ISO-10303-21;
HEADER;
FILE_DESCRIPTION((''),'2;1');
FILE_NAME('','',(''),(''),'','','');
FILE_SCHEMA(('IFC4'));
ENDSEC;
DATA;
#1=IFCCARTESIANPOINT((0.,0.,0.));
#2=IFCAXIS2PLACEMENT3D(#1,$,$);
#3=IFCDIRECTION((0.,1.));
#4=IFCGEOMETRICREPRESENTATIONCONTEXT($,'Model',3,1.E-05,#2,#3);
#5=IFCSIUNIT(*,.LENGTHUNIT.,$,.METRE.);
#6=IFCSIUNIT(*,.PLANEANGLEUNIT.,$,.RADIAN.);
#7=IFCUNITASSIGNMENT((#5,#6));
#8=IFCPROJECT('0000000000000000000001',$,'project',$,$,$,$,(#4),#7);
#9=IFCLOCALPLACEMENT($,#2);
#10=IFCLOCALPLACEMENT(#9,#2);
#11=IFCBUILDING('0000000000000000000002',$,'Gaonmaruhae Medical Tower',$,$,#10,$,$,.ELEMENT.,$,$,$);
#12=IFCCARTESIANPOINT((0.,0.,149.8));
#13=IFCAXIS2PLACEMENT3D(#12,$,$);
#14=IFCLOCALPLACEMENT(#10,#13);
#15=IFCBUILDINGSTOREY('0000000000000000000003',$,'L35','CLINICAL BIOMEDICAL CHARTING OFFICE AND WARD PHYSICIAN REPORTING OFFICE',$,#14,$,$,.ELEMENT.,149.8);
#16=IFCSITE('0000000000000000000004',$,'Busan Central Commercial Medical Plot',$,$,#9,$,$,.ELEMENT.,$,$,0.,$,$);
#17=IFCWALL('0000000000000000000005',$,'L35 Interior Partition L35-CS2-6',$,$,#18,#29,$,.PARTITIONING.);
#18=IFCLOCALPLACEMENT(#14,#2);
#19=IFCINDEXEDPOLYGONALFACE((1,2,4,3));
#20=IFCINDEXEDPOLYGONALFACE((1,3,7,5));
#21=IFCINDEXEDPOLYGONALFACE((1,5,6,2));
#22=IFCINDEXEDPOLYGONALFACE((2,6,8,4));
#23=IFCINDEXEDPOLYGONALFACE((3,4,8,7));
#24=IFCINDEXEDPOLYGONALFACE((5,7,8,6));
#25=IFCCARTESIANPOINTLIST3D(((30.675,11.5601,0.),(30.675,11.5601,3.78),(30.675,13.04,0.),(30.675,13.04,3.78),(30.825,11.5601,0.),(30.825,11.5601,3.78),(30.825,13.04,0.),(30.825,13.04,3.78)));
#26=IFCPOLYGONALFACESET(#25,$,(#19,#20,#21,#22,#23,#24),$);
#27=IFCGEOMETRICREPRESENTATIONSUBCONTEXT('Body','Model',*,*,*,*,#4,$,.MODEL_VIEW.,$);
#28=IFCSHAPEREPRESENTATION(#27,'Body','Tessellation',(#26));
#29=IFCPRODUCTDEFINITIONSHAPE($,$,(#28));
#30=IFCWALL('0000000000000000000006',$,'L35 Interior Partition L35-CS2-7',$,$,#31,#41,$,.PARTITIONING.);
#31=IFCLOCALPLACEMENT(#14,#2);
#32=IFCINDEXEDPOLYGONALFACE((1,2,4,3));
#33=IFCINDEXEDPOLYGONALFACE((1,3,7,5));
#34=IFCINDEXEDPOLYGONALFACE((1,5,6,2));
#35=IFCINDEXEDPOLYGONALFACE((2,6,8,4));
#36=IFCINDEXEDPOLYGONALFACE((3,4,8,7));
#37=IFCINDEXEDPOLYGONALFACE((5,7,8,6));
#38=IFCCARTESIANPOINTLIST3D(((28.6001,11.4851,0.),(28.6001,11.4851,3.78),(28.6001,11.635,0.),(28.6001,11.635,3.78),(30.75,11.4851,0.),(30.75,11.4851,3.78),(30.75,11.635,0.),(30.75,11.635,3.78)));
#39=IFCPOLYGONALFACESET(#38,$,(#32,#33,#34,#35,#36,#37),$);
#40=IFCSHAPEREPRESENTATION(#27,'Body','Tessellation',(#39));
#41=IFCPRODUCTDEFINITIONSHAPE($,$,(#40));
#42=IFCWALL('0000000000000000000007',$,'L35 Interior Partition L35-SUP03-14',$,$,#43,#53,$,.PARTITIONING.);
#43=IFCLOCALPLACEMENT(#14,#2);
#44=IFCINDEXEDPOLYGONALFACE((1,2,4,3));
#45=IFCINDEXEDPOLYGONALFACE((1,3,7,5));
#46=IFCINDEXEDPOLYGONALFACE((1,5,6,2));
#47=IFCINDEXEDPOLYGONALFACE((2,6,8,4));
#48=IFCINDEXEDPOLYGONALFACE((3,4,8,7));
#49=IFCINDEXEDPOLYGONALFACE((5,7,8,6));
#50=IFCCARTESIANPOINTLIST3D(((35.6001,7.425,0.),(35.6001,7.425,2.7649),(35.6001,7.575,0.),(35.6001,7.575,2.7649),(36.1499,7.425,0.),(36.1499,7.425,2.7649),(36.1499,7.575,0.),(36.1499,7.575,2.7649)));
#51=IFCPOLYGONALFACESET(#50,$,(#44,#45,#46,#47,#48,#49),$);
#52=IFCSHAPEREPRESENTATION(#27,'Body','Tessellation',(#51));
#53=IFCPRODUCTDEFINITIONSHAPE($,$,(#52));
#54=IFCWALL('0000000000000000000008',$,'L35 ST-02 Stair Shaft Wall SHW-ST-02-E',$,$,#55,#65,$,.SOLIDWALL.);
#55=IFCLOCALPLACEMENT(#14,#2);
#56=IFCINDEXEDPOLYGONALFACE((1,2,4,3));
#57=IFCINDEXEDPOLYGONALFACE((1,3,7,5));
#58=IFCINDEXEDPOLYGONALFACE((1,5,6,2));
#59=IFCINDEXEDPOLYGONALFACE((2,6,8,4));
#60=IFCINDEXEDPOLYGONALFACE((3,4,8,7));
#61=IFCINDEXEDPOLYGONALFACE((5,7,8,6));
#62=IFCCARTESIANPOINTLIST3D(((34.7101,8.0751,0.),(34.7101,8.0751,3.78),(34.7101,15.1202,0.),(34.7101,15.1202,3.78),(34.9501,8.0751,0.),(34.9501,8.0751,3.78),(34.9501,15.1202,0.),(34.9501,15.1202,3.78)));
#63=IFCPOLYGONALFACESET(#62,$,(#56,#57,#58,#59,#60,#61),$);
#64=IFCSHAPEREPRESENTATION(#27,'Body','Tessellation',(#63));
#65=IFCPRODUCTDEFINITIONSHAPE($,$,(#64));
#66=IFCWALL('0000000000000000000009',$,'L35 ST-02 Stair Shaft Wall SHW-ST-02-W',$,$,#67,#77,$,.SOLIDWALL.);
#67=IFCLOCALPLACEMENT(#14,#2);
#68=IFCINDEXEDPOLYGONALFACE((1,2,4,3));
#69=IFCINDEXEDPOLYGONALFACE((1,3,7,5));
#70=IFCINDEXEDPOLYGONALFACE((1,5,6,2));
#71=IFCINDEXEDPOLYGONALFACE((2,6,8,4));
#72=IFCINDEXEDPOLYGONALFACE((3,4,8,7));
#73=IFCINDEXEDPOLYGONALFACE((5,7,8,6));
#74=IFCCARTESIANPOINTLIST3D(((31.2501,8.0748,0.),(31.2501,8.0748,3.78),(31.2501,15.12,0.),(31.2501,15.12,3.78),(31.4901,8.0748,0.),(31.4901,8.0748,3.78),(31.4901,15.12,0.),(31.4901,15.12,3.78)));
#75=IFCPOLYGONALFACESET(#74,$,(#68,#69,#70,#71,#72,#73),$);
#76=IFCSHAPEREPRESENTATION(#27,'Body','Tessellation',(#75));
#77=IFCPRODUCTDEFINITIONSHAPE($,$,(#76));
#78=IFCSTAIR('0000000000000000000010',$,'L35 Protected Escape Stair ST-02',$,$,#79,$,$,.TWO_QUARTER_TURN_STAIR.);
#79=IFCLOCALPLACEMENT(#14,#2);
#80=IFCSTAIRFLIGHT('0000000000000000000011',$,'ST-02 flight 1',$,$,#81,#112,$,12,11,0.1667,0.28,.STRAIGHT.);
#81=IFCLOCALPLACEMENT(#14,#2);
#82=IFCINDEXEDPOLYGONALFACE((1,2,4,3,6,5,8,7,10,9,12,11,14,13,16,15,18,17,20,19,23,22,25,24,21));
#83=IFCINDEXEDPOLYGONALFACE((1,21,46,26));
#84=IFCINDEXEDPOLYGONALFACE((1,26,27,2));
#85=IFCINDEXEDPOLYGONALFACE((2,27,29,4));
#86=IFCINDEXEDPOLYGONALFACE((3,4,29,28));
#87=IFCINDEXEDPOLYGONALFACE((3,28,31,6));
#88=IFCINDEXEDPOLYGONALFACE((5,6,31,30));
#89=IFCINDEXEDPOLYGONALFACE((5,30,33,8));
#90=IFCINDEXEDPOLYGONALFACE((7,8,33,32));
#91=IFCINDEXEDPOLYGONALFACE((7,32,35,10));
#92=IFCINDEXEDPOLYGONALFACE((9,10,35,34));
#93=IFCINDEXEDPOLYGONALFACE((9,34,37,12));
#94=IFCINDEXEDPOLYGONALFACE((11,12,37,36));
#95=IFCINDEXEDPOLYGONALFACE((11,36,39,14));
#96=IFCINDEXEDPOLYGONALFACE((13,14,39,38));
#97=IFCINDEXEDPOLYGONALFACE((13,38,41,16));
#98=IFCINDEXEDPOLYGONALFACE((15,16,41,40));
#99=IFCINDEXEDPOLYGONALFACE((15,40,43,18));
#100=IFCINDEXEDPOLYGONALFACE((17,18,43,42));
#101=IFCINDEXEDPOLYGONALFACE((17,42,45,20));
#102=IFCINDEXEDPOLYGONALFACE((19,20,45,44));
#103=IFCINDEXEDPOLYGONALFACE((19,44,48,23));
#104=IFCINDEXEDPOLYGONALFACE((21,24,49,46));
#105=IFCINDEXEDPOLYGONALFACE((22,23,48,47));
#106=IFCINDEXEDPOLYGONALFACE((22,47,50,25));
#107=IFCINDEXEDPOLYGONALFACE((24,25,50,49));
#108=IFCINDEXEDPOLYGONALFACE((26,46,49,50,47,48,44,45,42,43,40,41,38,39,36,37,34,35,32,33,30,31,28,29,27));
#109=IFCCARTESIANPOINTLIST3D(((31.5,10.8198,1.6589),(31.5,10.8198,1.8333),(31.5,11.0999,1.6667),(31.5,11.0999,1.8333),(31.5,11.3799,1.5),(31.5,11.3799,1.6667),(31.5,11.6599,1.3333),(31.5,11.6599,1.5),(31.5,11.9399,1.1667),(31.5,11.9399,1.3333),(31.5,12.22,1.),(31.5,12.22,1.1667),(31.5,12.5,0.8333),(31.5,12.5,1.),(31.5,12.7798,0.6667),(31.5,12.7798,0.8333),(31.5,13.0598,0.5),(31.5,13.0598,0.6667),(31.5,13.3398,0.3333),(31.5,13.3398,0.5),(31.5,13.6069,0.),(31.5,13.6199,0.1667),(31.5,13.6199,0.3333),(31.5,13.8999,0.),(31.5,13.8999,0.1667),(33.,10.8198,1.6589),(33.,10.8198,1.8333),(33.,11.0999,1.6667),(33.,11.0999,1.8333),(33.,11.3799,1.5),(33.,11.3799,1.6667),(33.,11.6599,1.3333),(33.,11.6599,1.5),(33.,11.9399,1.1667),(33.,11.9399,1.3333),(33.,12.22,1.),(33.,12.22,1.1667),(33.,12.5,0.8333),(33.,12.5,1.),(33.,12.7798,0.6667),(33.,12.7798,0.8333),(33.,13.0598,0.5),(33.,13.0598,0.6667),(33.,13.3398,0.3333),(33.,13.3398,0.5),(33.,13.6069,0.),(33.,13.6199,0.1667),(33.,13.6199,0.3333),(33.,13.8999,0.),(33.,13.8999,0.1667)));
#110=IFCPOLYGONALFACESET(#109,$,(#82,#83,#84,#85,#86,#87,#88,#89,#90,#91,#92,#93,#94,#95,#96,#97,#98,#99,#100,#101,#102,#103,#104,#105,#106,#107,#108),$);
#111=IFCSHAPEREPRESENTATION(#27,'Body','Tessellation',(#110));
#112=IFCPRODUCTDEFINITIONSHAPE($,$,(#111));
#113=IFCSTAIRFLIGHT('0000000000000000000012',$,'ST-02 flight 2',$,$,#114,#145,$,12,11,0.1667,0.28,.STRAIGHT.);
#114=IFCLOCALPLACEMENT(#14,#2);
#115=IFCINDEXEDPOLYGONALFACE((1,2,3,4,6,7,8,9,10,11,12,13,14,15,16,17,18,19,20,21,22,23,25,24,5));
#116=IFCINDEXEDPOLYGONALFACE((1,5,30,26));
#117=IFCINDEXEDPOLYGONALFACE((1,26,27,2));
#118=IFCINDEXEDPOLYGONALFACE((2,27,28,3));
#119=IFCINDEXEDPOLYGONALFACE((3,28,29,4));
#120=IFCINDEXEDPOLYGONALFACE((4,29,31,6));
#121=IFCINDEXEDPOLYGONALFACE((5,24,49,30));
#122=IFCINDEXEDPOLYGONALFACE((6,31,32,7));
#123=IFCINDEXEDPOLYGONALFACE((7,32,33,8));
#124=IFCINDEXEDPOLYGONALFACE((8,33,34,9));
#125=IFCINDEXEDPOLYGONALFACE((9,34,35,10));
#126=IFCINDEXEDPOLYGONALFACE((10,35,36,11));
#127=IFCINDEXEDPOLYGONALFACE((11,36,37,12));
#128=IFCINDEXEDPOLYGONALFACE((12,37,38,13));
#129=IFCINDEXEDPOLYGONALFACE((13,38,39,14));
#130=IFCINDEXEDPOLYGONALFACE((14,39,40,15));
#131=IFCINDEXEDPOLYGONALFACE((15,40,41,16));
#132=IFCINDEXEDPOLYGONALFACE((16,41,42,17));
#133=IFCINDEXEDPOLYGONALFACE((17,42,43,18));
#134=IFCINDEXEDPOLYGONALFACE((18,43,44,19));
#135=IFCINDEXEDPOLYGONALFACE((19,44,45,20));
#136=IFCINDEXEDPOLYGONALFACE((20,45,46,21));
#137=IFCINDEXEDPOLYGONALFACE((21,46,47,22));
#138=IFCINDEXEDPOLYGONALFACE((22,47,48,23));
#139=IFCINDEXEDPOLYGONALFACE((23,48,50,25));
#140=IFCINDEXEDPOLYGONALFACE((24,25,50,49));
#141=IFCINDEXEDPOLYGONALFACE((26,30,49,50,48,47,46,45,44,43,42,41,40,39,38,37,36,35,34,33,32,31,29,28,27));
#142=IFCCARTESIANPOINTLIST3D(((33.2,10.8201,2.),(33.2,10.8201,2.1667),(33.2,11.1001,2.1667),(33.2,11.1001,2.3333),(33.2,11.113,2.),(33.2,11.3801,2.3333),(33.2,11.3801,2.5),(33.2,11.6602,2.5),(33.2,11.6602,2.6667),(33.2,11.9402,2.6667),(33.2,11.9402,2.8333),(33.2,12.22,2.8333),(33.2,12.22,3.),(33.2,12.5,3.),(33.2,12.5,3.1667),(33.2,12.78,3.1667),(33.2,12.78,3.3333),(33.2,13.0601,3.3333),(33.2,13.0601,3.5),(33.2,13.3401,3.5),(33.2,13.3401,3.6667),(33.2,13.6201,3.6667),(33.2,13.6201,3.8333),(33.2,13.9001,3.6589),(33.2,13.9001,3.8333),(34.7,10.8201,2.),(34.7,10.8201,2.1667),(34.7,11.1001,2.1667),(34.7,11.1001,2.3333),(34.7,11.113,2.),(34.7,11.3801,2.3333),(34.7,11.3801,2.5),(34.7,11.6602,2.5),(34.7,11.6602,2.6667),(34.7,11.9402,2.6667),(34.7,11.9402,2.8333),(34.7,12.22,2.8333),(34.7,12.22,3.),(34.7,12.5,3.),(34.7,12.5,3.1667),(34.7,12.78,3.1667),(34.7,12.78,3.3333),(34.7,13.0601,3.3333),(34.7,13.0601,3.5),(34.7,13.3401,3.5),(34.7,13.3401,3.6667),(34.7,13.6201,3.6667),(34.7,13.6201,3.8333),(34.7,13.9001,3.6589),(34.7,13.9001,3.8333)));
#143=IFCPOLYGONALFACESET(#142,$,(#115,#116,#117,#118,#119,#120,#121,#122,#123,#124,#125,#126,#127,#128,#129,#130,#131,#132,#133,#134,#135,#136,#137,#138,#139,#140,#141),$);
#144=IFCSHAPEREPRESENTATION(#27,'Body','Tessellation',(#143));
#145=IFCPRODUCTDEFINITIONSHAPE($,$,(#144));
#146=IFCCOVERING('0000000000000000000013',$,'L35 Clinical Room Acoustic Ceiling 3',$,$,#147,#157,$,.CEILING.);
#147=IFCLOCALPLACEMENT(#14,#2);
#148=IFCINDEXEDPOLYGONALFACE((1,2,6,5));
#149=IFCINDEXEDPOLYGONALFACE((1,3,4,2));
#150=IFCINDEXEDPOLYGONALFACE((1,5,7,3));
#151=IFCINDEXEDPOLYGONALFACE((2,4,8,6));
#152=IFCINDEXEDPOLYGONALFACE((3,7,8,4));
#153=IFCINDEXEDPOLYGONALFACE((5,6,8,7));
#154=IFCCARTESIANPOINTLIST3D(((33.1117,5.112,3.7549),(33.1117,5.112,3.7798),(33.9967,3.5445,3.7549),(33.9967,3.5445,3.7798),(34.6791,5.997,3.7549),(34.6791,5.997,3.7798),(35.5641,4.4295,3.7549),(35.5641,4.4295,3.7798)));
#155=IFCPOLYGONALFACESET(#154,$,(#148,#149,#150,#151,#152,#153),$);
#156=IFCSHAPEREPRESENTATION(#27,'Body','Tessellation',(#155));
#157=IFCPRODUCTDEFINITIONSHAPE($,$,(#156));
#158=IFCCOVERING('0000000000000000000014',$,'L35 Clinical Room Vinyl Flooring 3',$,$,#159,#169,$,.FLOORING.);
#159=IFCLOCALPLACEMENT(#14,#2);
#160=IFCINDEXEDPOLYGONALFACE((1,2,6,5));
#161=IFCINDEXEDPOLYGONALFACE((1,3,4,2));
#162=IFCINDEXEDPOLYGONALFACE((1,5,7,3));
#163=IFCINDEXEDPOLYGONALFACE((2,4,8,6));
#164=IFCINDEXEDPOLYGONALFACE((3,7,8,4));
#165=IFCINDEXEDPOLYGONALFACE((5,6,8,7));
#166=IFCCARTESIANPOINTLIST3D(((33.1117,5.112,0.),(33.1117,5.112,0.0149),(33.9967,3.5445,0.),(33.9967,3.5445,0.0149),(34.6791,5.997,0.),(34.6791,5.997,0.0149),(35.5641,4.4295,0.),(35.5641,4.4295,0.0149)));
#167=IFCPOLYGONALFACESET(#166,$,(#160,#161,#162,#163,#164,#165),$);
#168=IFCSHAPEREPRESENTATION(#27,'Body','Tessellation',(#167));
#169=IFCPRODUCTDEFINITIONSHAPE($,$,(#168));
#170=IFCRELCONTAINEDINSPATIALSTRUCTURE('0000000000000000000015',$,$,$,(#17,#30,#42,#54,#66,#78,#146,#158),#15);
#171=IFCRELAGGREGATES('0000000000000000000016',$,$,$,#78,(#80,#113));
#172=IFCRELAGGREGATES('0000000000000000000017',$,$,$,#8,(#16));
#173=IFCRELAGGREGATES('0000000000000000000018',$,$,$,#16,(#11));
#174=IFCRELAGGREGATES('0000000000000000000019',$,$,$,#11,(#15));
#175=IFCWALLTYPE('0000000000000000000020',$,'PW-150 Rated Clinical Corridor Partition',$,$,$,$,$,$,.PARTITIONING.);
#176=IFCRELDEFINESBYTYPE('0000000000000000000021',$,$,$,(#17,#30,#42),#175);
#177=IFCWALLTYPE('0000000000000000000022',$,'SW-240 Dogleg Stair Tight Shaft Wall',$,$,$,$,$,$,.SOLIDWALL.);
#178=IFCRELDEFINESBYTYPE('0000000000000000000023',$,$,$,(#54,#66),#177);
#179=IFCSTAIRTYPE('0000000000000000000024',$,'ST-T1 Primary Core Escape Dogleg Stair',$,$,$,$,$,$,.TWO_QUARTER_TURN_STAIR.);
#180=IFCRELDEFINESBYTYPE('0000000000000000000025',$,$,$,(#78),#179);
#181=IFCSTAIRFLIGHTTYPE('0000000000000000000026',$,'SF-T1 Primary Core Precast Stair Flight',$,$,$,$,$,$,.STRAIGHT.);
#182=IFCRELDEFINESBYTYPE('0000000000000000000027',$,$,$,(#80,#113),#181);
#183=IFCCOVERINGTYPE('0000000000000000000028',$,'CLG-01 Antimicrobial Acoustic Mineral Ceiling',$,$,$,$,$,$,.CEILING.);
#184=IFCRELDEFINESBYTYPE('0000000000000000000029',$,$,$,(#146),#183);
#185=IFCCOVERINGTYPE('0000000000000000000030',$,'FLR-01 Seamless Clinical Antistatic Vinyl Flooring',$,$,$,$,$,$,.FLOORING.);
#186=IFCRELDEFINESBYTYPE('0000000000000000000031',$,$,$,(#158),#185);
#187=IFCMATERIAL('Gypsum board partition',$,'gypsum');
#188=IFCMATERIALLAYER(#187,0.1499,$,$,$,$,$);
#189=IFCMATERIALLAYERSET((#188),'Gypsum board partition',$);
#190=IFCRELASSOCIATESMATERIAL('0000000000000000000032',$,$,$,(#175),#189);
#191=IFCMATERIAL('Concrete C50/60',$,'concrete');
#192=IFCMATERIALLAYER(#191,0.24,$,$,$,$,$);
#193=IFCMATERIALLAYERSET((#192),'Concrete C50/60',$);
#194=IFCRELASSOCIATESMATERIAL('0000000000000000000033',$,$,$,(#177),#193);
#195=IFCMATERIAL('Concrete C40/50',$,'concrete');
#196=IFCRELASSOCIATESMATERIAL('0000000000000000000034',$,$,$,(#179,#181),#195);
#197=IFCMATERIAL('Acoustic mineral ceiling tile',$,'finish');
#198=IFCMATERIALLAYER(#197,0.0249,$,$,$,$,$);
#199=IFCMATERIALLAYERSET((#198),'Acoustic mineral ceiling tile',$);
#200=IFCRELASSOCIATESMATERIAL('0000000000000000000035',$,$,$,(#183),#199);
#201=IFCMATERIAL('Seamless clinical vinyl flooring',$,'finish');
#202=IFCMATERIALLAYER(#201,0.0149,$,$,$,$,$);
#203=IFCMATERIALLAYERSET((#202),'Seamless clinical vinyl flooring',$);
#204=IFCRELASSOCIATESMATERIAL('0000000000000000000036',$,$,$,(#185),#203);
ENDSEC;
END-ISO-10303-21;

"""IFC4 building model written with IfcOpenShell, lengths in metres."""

from ifc_helpers import new_model, si_unit, direction, frame, frame_2d, origin, origin_2d, place, context, subcontext, project, spatial, polyline, rectangle, outline, extrude, material, layer, layer_set, type_object, element, aggregate, save


model = new_model("IFC4")

# Units and contexts
model_context = context("Model", 3, precision=1e-05, world=origin(), true_north=direction((0.0, 1.0)))
body_context = subcontext(model_context, "Body", "Model", "MODEL_VIEW")
ifc_project = project(units=[si_unit("LENGTHUNIT", "METRE"), si_unit("PLANEANGLEUNIT", "RADIAN")], contexts=[model_context])

# Site, building, storey
site_placement = place(None, origin())
site = spatial("IfcSite", under=ifc_project, at=site_placement, Name="Busan Central Commercial Medical Plot", CompositionType="ELEMENT", RefElevation=0.0)
building_placement = place(site_placement, origin())
building = spatial("IfcBuilding", under=site, at=building_placement, Name="Gaonmaruhae Medical Tower", CompositionType="ELEMENT")
storey_placement = place(building_placement, frame((0.0, 0.0, 149.8)))
storey = spatial("IfcBuildingStorey", under=building, at=storey_placement, Name="L35", Description="CLINICAL BIOMEDICAL CHARTING OFFICE AND WARD PHYSICIAN REPORTING OFFICE", CompositionType="ELEMENT", Elevation=149.8)

# Shared definitions
ifc_material_1 = material(Name="Concrete C50/60", Category="concrete")

# Shared definitions
ifc_material_2 = material(Name="Gypsum board partition", Category="gypsum")
ifc_layer_1 = layer(ifc_material_2, 0.1499)
ifc_layer_set_1 = layer_set([ifc_layer_1], Name="Gypsum board partition")
wall_type_1 = type_object("IfcWallType", Name="PW-150 Rated Clinical Corridor Partition", PredefinedType="PARTITIONING", material=ifc_layer_set_1)

# Walls
wall_1_placement = place(storey_placement, frame((30.75, 13.04, 0.0), z_axis=(0.0, 0.0, 1.0), x_axis=(0.0, -1.0, 0.0)))
element("IfcWall", 1, at=wall_1_placement, inside=storey, type_object=wall_type_1, Name="L35 Interior Partition L35-CS2-6", PredefinedType="PARTITIONING", context=body_context, shape_type="SweptSolid", body=[
    extrude(rectangle(XDim=1.48, YDim=0.1499, at=frame_2d((0.74, 0.0))), origin(), (0.0, 0.0, 1.0), 3.78),
])
wall_2_placement = place(storey_placement, frame((30.75, 11.5601, 0.0), z_axis=(0.0, 0.0, 1.0), x_axis=(-1.0, 0.0, 0.0)))
element("IfcWall", 2, at=wall_2_placement, inside=storey, type_object=wall_type_1, Name="L35 Interior Partition L35-CS2-7", PredefinedType="PARTITIONING", context=body_context, shape_type="SweptSolid", body=[
    extrude(rectangle(XDim=2.1499, YDim=0.1499, at=frame_2d((1.075, 0.0))), origin(), (0.0, 0.0, 1.0), 3.78),
])
wall_3_placement = place(storey_placement, frame((35.6001, 7.5, 0.0), z_axis=(0.0, 0.0, 1.0), x_axis=(1.0, 0.0, 0.0)))
element("IfcWall", 3, at=wall_3_placement, inside=storey, type_object=wall_type_1, Name="L35 Interior Partition L35-SUP03-14", PredefinedType="PARTITIONING", context=body_context, shape_type="SweptSolid", body=[
    extrude(rectangle(XDim=0.5498, YDim=0.1499, at=frame_2d((0.2749, 0.0))), origin(), (0.0, 0.0, 1.0), 2.7649),
])

# Shared definitions
ifc_layer_2 = layer(ifc_material_1, 0.24)
ifc_layer_set_2 = layer_set([ifc_layer_2], Name="Concrete C50/60")
wall_type_2 = type_object("IfcWallType", Name="SW-240 Dogleg Stair Tight Shaft Wall", PredefinedType="SOLIDWALL", material=ifc_layer_set_2)

# Walls
for number, where, z_axis, x_axis, name in (
    (4, (34.8301, 15.1201, 0.0), (0.0, 0.0, 1.0), (0.0, -1.0, 0.0), "L35 ST-02 Stair Shaft Wall SHW-ST-02-E"),
    (5, (31.3701, 8.075, 0.0), (0.0, 0.0, 1.0), (0.0, 1.0, 0.0), "L35 ST-02 Stair Shaft Wall SHW-ST-02-W"),
):
    element("IfcWall", number, at=place(storey_placement, frame(where, z_axis=z_axis, x_axis=x_axis)), inside=storey, type_object=wall_type_2, Name=name, PredefinedType="SOLIDWALL", context=body_context, shape_type="SweptSolid", body=[
        extrude(rectangle(XDim=7.0452, YDim=0.24, at=frame_2d((3.5225, 0.0))), origin(), (0.0, 0.0, 1.0), 3.78),
    ])

# Stair, stair flights
ifc_material_3 = material(Name="Concrete C40/50", Category="concrete")
stair_type = type_object("IfcStairType", Name="ST-T1 Primary Core Escape Dogleg Stair", PredefinedType="TWO_QUARTER_TURN_STAIR", material=ifc_material_3)
stair_placement = place(storey_placement, origin())
stair = element("IfcStair", 6, at=stair_placement, inside=storey, type_object=stair_type, Name="L35 Protected Escape Stair ST-02", PredefinedType="TWO_QUARTER_TURN_STAIR")
stair_flight_type = type_object("IfcStairFlightType", Name="SF-T1 Primary Core Precast Stair Flight", PredefinedType="STRAIGHT", material=ifc_material_3)
stair_flight_1_placement = place(storey_placement, frame((32.25, 13.8999, 0.0), z_axis=(0.0, 0.0, 1.0), x_axis=(0.0, -1.0, 0.0)))
stair_flight_1 = element("IfcStairFlight", 7, at=stair_flight_1_placement, type_object=stair_flight_type, Name="ST-02 flight 1", NumberOfRisers=12, NumberOfTreads=11, PredefinedType="STRAIGHT", RiserHeight=0.1667, TreadLength=0.28, context=body_context, shape_type="SweptSolid", body=[
    extrude(outline(polyline([(0.0, 0.0), (0.0, 0.1667), (0.28, 0.1667), (0.28, 0.3333), (0.5601, 0.3333), (0.5601, 0.5), (0.8401, 0.5), (0.8401, 0.6667), (1.1201, 0.6667), (1.1201, 0.8333), (1.3999, 0.8333), (1.3999, 1.0), (1.6799, 1.0), (1.6799, 1.1667), (1.96, 1.1667), (1.96, 1.3333), (2.24, 1.3333), (2.24, 1.5), (2.52, 1.5), (2.52, 1.6667), (2.8, 1.6667), (2.8, 1.8333), (3.0801, 1.8333), (3.0801, 2.0), (3.0801, 1.6589), (0.293, 0.0), (0.0, 0.0)])), frame((0.0, 0.75, 0.0), z_axis=(0.0, -1.0, 0.0), x_axis=(1.0, 0.0, 0.0)), (0.0, 0.0, 1.0), 1.5),
])
stair_flight_2_placement = place(storey_placement, frame((33.95, 10.8201, 2.0), z_axis=(0.0, 0.0, 1.0), x_axis=(0.0, 1.0, 0.0)))
stair_flight_2 = element("IfcStairFlight", 8, at=stair_flight_2_placement, type_object=stair_flight_type, Name="ST-02 flight 2", NumberOfRisers=12, NumberOfTreads=11, PredefinedType="STRAIGHT", RiserHeight=0.1667, TreadLength=0.28, context=body_context, shape_type="SweptSolid", body=[
    extrude(outline(polyline([(0.0, 0.0), (0.0, 0.1667), (0.28, 0.1667), (0.28, 0.3333), (0.5601, 0.3333), (0.5601, 0.5), (0.8401, 0.5), (0.8401, 0.6667), (1.1201, 0.6667), (1.1201, 0.8333), (1.3999, 0.8333), (1.3999, 1.0), (1.6799, 1.0), (1.6799, 1.1667), (1.96, 1.1667), (1.96, 1.3333), (2.24, 1.3333), (2.24, 1.5), (2.52, 1.5), (2.52, 1.6667), (2.8, 1.6667), (2.8, 1.8333), (3.0801, 1.8333), (3.0801, 2.0), (3.0801, 1.6589), (0.293, 0.0), (0.0, 0.0)])), frame((0.0, 0.75, 0.0), z_axis=(0.0, -1.0, 0.0), x_axis=(1.0, 0.0, 0.0)), (0.0, 0.0, 1.0), 1.5),
])
aggregate(stair, [stair_flight_1, stair_flight_2])

# Coverings
ifc_material_4 = material(Name="Acoustic mineral ceiling tile", Category="finish")
ifc_layer_3 = layer(ifc_material_4, 0.0249)
ifc_layer_set_3 = layer_set([ifc_layer_3], Name="Acoustic mineral ceiling tile")
covering_type_1 = type_object("IfcCoveringType", Name="CLG-01 Antimicrobial Acoustic Mineral Ceiling", PredefinedType="CEILING", material=ifc_layer_set_3)
covering_1_placement = place(storey_placement, frame((34.3379, 4.7708, 3.7549), z_axis=(0.0, 0.0, 1.0), x_axis=(0.870785, 0.491664, 0.0)))
element("IfcCovering", 9, at=covering_1_placement, inside=storey, type_object=covering_type_1, Name="L35 Clinical Room Acoustic Ceiling 3", PredefinedType="CEILING", context=body_context, shape_type="SweptSolid", body=[
    extrude(rectangle(XDim=1.8, YDim=1.8, at=origin_2d()), origin(), (0.0, 0.0, 1.0), 0.0249),
])
ifc_material_5 = material(Name="Seamless clinical vinyl flooring", Category="finish")
ifc_layer_4 = layer(ifc_material_5, 0.0149)
ifc_layer_set_4 = layer_set([ifc_layer_4], Name="Seamless clinical vinyl flooring")
covering_type_2 = type_object("IfcCoveringType", Name="FLR-01 Seamless Clinical Antistatic Vinyl Flooring", PredefinedType="FLOORING", material=ifc_layer_set_4)
covering_2_placement = place(storey_placement, frame((34.3379, 4.7708, 0.0), z_axis=(0.0, 0.0, 1.0), x_axis=(0.870785, 0.491664, 0.0)))
element("IfcCovering", 10, at=covering_2_placement, inside=storey, type_object=covering_type_2, Name="L35 Clinical Room Vinyl Flooring 3", PredefinedType="FLOORING", context=body_context, shape_type="SweptSolid", body=[
    extrude(rectangle(XDim=1.8, YDim=1.8, at=origin_2d()), origin(), (0.0, 0.0, 1.0), 0.0149),
])

save(model, "model.ifc")
